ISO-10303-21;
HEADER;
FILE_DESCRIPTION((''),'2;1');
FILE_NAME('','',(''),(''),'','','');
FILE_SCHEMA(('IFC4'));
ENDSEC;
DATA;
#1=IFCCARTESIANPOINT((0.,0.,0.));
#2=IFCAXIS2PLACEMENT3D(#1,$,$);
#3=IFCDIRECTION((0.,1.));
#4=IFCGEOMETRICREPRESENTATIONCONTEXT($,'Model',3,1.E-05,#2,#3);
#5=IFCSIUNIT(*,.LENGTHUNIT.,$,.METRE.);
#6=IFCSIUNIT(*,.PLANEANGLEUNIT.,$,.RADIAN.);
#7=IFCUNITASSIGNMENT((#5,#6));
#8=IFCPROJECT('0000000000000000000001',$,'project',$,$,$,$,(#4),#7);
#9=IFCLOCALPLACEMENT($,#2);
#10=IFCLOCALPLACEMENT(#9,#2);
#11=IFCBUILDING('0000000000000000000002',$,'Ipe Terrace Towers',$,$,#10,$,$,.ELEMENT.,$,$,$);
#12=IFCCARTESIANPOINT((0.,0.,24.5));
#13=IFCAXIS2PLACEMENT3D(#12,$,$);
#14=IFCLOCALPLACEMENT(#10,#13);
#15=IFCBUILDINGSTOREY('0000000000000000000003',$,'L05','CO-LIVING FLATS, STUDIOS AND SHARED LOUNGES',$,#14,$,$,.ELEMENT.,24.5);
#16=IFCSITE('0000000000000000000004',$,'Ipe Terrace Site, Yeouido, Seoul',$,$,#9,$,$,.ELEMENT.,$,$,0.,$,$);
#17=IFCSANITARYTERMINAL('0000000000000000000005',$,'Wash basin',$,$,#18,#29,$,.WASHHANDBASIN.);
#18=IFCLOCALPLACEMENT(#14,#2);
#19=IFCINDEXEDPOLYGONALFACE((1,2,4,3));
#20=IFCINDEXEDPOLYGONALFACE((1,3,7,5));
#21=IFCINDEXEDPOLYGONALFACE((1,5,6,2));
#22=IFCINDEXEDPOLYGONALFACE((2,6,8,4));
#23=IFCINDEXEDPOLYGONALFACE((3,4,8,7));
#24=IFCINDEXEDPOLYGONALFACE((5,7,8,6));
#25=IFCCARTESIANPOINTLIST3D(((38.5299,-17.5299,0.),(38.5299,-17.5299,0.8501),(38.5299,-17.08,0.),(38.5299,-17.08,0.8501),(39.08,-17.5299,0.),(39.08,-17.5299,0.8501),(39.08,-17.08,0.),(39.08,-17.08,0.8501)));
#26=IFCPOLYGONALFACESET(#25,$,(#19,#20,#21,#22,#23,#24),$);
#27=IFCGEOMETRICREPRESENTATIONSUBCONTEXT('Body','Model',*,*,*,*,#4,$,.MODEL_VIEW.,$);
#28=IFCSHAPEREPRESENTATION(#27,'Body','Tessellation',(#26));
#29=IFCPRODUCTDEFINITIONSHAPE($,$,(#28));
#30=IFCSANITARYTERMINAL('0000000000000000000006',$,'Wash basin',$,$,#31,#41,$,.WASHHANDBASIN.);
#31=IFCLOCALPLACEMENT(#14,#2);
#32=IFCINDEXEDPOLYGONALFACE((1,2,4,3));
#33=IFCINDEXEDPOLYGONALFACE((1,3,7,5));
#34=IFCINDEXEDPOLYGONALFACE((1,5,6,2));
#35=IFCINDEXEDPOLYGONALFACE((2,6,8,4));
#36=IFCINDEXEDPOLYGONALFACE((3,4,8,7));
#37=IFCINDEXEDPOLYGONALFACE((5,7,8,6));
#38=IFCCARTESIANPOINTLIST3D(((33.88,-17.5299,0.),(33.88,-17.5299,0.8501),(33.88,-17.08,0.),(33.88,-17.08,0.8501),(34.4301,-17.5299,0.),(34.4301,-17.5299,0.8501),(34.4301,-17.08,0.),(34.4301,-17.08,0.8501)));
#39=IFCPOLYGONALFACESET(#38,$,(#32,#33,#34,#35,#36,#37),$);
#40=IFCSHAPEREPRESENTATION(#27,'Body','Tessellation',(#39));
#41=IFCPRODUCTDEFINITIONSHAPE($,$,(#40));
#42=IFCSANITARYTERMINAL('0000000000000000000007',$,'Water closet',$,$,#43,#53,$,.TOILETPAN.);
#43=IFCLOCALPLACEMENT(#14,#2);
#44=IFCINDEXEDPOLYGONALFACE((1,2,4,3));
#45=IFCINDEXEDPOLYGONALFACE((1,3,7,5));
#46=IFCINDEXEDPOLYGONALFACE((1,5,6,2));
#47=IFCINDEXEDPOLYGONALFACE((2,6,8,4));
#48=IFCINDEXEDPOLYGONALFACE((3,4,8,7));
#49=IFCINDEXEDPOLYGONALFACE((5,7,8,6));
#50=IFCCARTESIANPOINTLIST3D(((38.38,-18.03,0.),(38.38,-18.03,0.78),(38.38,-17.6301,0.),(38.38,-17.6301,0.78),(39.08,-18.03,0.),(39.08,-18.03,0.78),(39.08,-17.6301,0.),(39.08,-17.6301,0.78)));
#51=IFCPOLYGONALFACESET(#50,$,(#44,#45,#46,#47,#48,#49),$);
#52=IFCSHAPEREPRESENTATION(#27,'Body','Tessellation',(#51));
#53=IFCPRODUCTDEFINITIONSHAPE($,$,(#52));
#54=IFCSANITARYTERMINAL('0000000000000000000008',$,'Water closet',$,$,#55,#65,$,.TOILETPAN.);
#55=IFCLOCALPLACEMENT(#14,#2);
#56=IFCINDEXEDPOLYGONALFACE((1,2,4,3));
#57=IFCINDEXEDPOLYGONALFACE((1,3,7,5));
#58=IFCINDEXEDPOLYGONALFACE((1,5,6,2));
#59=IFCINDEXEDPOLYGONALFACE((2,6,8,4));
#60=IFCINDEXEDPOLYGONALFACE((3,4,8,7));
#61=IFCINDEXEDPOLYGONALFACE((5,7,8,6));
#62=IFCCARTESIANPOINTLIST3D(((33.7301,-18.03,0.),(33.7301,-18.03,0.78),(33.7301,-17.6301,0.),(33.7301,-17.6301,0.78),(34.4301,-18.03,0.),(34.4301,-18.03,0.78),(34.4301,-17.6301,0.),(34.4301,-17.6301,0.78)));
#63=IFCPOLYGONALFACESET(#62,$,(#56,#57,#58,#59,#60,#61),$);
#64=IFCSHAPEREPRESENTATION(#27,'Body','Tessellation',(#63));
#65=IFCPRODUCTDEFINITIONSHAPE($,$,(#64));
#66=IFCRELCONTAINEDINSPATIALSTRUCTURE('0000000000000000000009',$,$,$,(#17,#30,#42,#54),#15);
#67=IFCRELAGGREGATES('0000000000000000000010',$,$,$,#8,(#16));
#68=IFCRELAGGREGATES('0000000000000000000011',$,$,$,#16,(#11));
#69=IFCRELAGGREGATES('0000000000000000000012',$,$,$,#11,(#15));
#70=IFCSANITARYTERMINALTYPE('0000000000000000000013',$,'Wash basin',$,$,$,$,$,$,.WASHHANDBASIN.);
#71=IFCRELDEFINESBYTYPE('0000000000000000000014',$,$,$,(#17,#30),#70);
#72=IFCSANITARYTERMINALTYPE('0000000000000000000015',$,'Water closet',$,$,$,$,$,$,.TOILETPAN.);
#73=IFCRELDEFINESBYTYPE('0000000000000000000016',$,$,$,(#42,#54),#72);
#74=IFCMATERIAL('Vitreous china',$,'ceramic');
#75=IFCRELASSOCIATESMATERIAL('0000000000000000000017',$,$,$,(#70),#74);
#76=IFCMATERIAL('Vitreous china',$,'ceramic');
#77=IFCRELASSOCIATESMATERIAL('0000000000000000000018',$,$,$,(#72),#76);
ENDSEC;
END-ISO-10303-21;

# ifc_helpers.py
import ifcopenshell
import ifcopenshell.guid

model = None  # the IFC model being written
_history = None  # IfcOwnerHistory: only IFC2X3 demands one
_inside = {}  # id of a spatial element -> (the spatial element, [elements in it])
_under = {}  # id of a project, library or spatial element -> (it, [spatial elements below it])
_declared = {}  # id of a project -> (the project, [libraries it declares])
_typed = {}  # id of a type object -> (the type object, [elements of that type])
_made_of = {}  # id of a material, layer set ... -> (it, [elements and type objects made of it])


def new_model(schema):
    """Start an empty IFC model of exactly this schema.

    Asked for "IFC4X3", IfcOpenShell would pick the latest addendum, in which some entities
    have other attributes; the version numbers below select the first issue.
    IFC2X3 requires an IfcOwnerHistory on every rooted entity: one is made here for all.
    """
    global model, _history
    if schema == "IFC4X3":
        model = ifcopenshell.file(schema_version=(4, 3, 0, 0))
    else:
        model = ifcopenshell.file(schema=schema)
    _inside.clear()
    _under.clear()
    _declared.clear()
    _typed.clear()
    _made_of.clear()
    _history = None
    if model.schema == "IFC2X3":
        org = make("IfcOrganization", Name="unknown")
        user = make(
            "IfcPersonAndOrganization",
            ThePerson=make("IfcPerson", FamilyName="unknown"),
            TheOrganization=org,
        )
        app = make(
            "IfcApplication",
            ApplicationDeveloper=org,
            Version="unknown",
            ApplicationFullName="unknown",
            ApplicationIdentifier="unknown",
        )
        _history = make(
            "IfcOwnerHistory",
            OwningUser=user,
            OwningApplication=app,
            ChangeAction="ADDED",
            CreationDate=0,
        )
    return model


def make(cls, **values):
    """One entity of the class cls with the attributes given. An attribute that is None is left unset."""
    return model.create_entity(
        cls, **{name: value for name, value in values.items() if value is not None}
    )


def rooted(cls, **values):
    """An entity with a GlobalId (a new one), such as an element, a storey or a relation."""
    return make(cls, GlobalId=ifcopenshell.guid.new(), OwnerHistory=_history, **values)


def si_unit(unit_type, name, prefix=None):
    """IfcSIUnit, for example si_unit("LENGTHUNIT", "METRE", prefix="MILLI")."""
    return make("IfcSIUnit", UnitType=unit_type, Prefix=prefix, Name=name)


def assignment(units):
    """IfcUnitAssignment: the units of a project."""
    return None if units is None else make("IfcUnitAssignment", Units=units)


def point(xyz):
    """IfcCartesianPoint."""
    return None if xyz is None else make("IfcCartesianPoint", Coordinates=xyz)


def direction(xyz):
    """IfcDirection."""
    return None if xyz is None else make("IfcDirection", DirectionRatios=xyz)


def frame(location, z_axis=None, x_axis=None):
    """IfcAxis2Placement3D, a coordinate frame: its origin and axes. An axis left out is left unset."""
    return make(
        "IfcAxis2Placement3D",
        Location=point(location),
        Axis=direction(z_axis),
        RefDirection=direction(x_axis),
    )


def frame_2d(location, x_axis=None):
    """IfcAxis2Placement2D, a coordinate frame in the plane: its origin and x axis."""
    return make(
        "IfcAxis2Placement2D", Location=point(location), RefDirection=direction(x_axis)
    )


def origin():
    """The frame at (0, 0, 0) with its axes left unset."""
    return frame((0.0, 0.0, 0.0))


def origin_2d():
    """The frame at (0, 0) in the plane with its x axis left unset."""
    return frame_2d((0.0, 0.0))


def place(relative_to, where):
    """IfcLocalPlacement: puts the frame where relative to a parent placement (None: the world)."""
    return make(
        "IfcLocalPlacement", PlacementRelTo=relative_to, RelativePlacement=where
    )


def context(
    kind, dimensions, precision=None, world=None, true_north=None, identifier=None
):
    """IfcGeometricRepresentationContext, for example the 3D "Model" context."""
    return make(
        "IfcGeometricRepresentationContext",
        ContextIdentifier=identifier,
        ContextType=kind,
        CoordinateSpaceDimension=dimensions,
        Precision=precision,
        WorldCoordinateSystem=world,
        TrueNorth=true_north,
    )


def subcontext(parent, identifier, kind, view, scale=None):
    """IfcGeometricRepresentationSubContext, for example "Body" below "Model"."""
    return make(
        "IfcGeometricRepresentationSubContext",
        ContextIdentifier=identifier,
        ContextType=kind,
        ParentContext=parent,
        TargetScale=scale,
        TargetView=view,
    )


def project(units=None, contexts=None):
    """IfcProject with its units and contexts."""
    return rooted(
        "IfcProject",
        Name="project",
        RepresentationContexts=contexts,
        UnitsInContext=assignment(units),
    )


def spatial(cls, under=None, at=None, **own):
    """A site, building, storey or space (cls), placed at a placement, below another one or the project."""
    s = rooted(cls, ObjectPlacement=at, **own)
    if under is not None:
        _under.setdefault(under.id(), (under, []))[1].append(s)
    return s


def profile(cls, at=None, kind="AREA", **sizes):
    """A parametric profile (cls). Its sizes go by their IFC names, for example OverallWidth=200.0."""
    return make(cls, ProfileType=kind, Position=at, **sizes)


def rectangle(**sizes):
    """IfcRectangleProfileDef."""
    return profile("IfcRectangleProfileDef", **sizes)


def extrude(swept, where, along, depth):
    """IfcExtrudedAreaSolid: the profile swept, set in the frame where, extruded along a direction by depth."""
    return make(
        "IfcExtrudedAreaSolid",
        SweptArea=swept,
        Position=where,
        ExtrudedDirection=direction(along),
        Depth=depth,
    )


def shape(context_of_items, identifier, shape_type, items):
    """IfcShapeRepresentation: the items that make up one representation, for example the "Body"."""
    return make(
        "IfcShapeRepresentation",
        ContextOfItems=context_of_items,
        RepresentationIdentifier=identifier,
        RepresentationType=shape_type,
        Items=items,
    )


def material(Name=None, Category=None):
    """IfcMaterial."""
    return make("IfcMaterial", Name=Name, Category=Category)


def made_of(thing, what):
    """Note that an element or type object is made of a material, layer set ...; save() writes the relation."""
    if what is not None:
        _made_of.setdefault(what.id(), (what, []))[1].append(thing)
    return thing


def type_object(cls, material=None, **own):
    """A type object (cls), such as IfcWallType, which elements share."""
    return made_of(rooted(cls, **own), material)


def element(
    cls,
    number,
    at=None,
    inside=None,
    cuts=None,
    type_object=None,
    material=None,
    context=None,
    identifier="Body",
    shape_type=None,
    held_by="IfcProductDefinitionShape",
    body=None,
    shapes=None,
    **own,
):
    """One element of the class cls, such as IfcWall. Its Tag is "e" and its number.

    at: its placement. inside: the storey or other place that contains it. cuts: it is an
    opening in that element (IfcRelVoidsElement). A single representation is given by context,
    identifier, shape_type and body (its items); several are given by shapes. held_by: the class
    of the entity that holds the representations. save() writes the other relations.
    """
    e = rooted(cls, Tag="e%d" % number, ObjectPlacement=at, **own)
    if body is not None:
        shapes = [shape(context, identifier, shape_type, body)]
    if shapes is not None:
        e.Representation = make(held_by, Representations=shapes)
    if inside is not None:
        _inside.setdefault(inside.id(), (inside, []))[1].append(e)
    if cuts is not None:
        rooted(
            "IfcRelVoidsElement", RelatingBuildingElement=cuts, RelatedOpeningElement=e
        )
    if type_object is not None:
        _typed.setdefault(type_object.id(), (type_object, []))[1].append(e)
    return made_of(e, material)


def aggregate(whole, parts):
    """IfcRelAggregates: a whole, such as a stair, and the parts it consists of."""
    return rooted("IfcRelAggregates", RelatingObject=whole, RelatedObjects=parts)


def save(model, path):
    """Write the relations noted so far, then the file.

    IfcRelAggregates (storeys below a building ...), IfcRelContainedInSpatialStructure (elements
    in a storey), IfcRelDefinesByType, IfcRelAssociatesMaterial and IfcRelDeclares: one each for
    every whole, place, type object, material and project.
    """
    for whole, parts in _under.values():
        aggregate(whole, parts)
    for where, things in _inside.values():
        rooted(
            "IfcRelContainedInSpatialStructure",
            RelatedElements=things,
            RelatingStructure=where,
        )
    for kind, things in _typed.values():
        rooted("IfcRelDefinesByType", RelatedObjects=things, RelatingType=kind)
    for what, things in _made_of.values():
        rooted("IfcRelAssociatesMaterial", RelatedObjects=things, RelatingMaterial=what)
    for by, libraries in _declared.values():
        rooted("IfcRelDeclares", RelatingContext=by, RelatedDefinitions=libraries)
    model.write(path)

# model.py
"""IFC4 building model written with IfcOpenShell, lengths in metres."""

from ifc_helpers import new_model, si_unit, direction, frame, origin, origin_2d, place, context, subcontext, project, spatial, rectangle, extrude, material, type_object, element, save


model = new_model("IFC4")

# Units and contexts
model_context = context("Model", 3, precision=1e-05, world=origin(), true_north=direction((0.0, 1.0)))
body_context = subcontext(model_context, "Body", "Model", "MODEL_VIEW")
ifc_project = project(units=[si_unit("LENGTHUNIT", "METRE"), si_unit("PLANEANGLEUNIT", "RADIAN")], contexts=[model_context])

# Site, building, storey
site_placement = place(None, origin())
site = spatial("IfcSite", under=ifc_project, at=site_placement, Name="Ipe Terrace Site, Yeouido, Seoul", CompositionType="ELEMENT", RefElevation=0.0)
building_placement = place(site_placement, origin())
building = spatial("IfcBuilding", under=site, at=building_placement, Name="Ipe Terrace Towers", CompositionType="ELEMENT")
storey_placement = place(building_placement, frame((0.0, 0.0, 24.5)))
storey = spatial("IfcBuildingStorey", under=building, at=storey_placement, Name="L05", Description="CO-LIVING FLATS, STUDIOS AND SHARED LOUNGES", CompositionType="ELEMENT", Elevation=24.5)

# Sanitary terminals
ifc_material_1 = material(Name="Vitreous china", Category="ceramic")
sanitary_terminal_type_1 = type_object("IfcSanitaryTerminalType", Name="Wash basin", PredefinedType="WASHHANDBASIN", material=ifc_material_1)
for number, where, z_axis, x_axis, name in (
    (1, (38.8049, -17.3049, 0.0), (0.0, 0.0, 1.0), (-1.0, 0.0, 0.0), "Wash basin"),
    (2, (34.155, -17.3049, 0.0), (0.0, 0.0, 1.0), (-1.0, 0.0, 0.0), "Wash basin"),
):
    element("IfcSanitaryTerminal", number, at=place(storey_placement, frame(where, z_axis=z_axis, x_axis=x_axis)), inside=storey, type_object=sanitary_terminal_type_1, Name=name, PredefinedType="WASHHANDBASIN", context=body_context, shape_type="SweptSolid", body=[
        extrude(rectangle(XDim=0.55, YDim=0.45, at=origin_2d()), origin(), (0.0, 0.0, 1.0), 0.8501),
    ])
ifc_material_2 = material(Name="Vitreous china", Category="ceramic")
sanitary_terminal_type_2 = type_object("IfcSanitaryTerminalType", Name="Water closet", PredefinedType="TOILETPAN", material=ifc_material_2)
for number, where, z_axis, x_axis, name in (
    (3, (38.73, -17.8301, 0.0), (0.0, 0.0, 1.0), (-1.0, 0.0, 0.0), "Water closet"),
    (4, (34.0801, -17.8301, 0.0), (0.0, 0.0, 1.0), (-1.0, 0.0, 0.0), "Water closet"),
):
    element("IfcSanitaryTerminal", number, at=place(storey_placement, frame(where, z_axis=z_axis, x_axis=x_axis)), inside=storey, type_object=sanitary_terminal_type_2, Name=name, PredefinedType="TOILETPAN", context=body_context, shape_type="SweptSolid", body=[
        extrude(rectangle(XDim=0.7, YDim=0.3999, at=origin_2d()), origin(), (0.0, 0.0, 1.0), 0.78),
    ])

save(model, "model.ifc")
